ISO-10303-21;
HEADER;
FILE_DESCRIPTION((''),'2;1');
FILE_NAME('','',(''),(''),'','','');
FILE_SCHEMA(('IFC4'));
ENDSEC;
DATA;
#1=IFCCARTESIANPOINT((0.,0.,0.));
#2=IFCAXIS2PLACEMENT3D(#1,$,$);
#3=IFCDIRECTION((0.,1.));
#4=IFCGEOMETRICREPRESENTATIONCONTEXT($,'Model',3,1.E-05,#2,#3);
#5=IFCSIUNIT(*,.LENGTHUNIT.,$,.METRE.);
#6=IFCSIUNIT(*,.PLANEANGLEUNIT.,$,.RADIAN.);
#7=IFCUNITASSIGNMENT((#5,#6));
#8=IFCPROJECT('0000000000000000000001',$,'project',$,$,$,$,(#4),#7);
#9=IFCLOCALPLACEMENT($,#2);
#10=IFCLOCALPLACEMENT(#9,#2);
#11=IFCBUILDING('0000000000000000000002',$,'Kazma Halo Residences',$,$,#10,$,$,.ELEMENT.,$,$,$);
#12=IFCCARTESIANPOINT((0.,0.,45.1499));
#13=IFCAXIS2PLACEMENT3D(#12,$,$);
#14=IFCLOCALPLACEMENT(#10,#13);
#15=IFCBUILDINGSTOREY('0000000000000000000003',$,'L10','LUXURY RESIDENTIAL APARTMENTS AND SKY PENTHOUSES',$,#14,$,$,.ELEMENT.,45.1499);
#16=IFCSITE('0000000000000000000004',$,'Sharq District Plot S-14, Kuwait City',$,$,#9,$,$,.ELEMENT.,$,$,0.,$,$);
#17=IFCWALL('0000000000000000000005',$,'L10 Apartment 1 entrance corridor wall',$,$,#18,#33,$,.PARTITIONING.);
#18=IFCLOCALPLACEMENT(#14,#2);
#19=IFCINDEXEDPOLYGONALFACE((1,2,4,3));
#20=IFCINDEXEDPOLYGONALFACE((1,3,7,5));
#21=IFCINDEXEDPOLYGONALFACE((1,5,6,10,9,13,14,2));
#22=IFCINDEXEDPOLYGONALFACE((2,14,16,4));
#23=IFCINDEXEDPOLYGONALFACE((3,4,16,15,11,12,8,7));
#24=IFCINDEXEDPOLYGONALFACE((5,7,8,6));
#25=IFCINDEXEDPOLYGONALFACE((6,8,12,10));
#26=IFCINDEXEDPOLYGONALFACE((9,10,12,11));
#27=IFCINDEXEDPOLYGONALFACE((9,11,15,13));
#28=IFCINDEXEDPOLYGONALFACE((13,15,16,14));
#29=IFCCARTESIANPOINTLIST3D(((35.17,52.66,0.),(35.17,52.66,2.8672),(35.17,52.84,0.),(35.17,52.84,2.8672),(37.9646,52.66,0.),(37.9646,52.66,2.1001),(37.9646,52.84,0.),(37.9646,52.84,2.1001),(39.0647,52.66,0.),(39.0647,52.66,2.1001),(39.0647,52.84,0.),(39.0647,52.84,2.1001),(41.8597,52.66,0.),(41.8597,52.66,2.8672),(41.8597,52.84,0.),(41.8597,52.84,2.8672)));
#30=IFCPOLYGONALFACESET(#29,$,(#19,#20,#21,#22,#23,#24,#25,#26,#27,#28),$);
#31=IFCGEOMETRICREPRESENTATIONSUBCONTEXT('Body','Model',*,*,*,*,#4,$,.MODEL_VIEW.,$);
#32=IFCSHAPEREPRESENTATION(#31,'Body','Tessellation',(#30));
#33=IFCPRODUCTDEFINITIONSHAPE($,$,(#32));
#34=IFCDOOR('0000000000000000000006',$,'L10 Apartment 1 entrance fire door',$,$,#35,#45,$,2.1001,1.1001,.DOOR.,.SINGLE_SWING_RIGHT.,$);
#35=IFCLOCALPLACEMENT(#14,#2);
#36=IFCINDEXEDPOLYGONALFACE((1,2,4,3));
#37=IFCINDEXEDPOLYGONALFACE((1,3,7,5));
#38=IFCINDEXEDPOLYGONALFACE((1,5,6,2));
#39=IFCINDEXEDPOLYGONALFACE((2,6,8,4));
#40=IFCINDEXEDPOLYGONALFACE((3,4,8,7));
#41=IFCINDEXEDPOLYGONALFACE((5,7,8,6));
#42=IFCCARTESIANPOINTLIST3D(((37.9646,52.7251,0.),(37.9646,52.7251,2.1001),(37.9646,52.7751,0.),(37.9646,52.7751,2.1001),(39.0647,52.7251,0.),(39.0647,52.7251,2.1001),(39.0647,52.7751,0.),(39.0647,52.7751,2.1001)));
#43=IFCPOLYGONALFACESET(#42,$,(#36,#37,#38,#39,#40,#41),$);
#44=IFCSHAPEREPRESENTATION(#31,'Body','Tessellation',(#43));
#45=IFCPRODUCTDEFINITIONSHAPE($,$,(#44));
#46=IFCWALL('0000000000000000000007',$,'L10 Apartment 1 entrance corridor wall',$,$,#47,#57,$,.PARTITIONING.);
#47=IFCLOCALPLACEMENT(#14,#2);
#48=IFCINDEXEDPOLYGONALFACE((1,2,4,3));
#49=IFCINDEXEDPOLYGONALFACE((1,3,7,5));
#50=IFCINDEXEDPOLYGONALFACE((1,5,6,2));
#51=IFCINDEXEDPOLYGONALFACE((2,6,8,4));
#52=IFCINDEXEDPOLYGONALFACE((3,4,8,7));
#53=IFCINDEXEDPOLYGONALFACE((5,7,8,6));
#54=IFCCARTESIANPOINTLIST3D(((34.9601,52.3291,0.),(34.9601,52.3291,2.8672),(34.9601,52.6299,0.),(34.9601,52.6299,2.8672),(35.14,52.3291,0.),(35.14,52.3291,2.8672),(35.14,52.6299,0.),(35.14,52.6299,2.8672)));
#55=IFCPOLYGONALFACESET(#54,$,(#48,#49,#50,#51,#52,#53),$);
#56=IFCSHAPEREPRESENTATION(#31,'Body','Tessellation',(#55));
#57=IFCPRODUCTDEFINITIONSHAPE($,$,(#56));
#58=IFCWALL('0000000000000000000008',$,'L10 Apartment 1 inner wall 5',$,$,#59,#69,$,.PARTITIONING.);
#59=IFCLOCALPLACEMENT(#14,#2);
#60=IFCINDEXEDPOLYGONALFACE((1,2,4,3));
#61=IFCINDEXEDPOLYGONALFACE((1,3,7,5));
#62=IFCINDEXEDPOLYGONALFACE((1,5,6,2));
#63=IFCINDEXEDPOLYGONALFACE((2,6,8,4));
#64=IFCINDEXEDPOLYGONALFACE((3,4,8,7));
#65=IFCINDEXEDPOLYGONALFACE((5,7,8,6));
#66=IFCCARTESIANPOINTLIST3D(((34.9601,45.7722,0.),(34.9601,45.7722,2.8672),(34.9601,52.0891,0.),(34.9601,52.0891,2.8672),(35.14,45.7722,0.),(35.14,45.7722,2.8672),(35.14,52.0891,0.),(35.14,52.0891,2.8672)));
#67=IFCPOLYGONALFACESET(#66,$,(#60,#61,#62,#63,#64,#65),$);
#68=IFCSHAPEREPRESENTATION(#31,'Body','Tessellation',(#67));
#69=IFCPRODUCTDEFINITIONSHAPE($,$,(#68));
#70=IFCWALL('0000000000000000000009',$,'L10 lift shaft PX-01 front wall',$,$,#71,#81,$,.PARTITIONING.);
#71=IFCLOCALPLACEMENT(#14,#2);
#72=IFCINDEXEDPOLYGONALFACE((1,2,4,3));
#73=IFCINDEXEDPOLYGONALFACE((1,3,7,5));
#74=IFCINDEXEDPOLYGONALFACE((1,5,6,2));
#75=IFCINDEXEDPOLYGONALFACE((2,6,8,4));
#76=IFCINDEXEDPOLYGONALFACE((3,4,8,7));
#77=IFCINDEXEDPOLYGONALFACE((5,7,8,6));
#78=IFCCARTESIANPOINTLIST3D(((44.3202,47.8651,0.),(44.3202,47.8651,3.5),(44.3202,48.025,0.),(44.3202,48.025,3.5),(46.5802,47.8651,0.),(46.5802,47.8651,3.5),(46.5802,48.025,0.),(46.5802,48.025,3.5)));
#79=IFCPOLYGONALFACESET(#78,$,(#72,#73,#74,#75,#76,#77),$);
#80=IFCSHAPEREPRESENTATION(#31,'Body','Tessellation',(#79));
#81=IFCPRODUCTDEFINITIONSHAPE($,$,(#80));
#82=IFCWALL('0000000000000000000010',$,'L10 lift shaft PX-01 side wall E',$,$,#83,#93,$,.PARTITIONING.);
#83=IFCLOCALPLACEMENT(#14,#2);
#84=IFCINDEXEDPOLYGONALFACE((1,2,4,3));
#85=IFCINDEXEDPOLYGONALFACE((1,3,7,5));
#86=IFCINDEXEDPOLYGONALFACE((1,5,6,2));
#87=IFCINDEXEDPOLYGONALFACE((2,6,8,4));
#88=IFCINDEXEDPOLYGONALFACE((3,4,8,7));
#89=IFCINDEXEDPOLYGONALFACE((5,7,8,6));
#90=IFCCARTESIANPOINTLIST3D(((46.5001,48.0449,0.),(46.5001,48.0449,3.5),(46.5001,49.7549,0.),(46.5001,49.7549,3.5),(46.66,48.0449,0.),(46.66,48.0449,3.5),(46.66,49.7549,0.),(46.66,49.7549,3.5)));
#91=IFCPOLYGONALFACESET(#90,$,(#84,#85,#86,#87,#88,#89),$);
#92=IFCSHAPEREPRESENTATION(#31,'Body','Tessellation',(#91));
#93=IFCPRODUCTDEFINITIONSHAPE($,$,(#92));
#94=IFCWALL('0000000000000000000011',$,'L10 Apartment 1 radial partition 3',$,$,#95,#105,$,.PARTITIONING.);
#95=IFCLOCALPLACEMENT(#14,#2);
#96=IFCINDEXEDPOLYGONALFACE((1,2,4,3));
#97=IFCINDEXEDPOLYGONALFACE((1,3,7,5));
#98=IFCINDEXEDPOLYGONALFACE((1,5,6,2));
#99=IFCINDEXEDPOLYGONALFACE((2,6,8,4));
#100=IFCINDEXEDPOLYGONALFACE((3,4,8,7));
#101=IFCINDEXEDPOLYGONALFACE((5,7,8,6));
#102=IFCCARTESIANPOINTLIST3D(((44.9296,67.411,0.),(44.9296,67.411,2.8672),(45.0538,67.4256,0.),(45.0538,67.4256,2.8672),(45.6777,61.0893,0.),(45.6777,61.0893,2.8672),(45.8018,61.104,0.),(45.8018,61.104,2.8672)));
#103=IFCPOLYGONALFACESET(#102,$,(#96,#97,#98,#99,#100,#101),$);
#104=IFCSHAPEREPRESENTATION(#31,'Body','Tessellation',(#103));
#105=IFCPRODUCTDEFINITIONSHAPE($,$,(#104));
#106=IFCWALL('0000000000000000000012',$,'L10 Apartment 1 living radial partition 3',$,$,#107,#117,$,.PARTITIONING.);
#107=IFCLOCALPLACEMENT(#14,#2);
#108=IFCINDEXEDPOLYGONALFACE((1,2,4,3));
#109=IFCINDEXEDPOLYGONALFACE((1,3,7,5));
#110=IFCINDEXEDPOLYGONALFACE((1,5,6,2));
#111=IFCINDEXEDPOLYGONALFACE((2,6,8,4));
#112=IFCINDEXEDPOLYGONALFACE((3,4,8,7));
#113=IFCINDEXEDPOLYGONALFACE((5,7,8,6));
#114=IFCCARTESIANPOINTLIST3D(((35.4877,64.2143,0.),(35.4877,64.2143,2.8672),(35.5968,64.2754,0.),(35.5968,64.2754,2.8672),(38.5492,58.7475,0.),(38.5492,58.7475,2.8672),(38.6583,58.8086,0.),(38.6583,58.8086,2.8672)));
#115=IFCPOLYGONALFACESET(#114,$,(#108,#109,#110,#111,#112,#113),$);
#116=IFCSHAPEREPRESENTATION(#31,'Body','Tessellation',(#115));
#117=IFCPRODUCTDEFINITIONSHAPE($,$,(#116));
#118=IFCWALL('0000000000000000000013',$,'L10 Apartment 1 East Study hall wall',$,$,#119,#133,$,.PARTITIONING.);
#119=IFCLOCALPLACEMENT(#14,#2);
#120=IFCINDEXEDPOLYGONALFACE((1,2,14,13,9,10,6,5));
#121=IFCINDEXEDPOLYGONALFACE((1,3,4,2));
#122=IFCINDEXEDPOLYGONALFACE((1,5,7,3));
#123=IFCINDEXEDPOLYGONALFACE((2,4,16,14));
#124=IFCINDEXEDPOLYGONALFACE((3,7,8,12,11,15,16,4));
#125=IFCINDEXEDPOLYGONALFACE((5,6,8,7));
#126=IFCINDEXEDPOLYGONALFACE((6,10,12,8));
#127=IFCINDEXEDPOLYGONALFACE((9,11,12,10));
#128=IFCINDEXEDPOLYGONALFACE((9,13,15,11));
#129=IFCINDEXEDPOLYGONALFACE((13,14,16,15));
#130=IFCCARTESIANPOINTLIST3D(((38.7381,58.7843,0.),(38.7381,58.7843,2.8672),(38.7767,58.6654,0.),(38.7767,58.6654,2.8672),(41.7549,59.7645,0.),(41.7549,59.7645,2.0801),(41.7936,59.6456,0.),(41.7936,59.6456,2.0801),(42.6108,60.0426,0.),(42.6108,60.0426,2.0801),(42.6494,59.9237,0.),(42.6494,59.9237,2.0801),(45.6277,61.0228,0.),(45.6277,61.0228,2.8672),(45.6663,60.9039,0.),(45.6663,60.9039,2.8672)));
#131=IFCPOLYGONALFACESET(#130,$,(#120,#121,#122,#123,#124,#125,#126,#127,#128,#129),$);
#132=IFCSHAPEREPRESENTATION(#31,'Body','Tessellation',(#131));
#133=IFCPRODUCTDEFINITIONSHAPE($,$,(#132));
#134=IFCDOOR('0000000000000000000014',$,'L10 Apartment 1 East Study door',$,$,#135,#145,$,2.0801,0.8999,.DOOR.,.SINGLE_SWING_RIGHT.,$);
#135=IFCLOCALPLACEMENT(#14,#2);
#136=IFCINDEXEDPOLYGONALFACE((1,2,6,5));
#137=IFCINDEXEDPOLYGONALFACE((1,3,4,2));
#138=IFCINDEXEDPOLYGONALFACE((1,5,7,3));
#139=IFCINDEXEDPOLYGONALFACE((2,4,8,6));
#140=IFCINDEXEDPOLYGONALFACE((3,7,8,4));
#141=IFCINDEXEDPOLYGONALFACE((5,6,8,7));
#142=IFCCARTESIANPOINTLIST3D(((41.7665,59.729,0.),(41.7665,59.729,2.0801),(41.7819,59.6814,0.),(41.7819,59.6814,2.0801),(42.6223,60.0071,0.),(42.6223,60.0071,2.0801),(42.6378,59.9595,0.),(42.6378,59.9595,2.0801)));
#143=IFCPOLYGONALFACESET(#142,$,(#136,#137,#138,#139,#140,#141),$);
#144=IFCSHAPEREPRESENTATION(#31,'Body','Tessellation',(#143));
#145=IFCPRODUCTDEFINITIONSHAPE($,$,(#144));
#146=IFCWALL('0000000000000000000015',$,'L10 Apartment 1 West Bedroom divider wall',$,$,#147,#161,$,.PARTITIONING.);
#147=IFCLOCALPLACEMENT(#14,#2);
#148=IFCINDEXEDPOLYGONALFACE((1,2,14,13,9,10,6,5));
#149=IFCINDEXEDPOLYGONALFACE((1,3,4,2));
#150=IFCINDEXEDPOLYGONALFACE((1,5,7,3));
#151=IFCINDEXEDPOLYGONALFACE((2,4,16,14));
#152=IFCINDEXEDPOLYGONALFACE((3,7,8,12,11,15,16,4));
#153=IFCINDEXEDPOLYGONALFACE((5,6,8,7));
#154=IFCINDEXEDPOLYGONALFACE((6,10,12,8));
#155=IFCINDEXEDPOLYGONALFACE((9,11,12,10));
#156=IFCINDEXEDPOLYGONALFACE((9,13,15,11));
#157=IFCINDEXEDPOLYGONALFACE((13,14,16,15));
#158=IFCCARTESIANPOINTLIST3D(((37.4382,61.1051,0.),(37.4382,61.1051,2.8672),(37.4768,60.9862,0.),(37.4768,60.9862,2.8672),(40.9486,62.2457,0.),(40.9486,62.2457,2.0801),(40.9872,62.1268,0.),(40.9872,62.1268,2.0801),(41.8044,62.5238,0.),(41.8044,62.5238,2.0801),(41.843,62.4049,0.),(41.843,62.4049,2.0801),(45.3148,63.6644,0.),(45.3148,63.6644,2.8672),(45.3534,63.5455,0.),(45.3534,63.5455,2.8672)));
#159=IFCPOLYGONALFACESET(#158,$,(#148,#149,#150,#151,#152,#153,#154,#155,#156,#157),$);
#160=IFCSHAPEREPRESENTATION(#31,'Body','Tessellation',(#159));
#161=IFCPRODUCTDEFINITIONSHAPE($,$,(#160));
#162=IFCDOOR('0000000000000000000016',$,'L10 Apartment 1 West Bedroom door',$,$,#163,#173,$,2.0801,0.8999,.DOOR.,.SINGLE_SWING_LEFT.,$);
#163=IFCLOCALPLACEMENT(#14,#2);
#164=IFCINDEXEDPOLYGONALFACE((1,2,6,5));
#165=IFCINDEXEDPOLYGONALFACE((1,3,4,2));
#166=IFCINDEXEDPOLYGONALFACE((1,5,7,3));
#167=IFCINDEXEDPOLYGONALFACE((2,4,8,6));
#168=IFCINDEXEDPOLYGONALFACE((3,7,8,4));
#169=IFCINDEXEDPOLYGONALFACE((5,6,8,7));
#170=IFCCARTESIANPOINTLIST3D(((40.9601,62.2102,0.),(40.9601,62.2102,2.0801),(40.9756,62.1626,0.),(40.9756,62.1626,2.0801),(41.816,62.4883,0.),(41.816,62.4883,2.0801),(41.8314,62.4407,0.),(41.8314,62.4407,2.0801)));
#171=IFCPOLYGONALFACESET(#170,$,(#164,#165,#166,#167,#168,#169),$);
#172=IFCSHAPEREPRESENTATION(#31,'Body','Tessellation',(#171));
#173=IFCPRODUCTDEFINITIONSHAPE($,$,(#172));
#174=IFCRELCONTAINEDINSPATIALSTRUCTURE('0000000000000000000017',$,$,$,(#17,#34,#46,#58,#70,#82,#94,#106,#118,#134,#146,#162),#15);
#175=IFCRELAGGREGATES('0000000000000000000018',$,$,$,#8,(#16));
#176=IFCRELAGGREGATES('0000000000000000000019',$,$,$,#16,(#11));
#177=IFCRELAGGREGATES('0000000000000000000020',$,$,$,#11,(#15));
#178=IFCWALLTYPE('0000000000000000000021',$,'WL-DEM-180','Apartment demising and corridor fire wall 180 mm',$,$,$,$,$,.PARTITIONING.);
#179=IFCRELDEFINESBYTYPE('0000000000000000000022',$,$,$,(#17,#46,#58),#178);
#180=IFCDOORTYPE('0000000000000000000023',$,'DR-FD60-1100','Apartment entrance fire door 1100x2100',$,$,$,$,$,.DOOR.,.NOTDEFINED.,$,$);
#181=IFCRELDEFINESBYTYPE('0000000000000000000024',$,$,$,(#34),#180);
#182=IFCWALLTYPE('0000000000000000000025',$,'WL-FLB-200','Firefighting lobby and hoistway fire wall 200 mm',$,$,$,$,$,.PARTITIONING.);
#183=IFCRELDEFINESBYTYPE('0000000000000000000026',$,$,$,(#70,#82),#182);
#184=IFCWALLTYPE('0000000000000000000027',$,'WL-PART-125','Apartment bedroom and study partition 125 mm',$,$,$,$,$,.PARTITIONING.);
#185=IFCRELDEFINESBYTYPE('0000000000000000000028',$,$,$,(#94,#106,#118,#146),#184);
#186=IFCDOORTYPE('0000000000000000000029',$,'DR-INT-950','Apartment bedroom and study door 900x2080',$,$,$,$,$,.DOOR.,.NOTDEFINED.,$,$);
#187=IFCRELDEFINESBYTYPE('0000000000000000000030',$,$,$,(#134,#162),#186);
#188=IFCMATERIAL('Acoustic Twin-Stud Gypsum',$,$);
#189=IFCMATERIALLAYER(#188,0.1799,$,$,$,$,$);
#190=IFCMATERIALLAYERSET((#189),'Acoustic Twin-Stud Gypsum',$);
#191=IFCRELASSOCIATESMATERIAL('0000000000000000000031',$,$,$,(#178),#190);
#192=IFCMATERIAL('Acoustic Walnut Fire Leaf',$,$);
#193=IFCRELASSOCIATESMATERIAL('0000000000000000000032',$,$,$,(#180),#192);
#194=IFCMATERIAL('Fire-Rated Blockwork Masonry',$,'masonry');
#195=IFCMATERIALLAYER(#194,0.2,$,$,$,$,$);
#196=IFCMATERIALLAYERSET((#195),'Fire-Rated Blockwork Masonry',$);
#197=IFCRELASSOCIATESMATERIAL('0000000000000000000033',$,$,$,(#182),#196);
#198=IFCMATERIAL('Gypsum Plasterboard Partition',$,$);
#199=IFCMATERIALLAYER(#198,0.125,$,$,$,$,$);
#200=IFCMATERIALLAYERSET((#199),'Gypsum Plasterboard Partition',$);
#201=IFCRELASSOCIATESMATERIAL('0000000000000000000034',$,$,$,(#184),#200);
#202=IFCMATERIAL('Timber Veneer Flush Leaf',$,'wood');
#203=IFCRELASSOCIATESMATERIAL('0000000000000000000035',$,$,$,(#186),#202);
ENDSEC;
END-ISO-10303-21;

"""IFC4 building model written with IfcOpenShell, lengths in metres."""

from ifc_helpers import new_model, si_unit, direction, frame, frame_2d, origin, place, context, subcontext, project, spatial, rectangle, extrude, material, layer, layer_set, type_object, element, fill, save


model = new_model("IFC4")

# Units and contexts
model_context = context("Model", 3, precision=1e-05, world=origin(), true_north=direction((0.0, 1.0)))
body_context = subcontext(model_context, "Body", "Model", "MODEL_VIEW")
ifc_project = project(units=[si_unit("LENGTHUNIT", "METRE"), si_unit("PLANEANGLEUNIT", "RADIAN")], contexts=[model_context])

# Site, building, storey
site_placement = place(None, origin())
site = spatial("IfcSite", under=ifc_project, at=site_placement, Name="Sharq District Plot S-14, Kuwait City", CompositionType="ELEMENT", RefElevation=0.0)
building_placement = place(site_placement, origin())
building = spatial("IfcBuilding", under=site, at=building_placement, Name="Kazma Halo Residences", CompositionType="ELEMENT")
storey_placement = place(building_placement, frame((0.0, 0.0, 45.1499)))
storey = spatial("IfcBuildingStorey", under=building, at=storey_placement, Name="L10", Description="LUXURY RESIDENTIAL APARTMENTS AND SKY PENTHOUSES", CompositionType="ELEMENT", Elevation=45.1499)

# Wall, opening, door
ifc_material_1 = material(Name="Acoustic Twin-Stud Gypsum")
ifc_layer_1 = layer(ifc_material_1, 0.1799)
ifc_layer_set_1 = layer_set([ifc_layer_1], Name="Acoustic Twin-Stud Gypsum")
wall_type_1 = type_object("IfcWallType", Name="WL-DEM-180", Description="Apartment demising and corridor fire wall 180 mm", PredefinedType="PARTITIONING", material=ifc_layer_set_1)
wall_1_placement = place(storey_placement, frame((41.8596, 52.75, 0.0), z_axis=(0.0, 0.0, 1.0), x_axis=(-1.0, 0.0, 0.0)))
wall_1 = element("IfcWall", 1, at=wall_1_placement, inside=storey, type_object=wall_type_1, Name="L10 Apartment 1 entrance corridor wall", PredefinedType="PARTITIONING", context=body_context, shape_type="SweptSolid", body=[
    extrude(rectangle(XDim=6.6897, YDim=0.1799, at=frame_2d((3.3447, 0.0))), origin(), (0.0, 0.0, 1.0), 2.8672),
])
opening_1_placement = place(wall_1_placement, frame((2.7949, 0.0, 0.0)))
opening_1 = element("IfcOpeningElement", 2, at=opening_1_placement, cuts=wall_1, PredefinedType="OPENING", context=body_context, shape_type="SweptSolid", body=[
    extrude(rectangle(XDim=1.1001, YDim=2.1001, at=frame_2d((0.55, 1.05))), frame((0.0, 0.0999, 0.0), z_axis=(0.0, -1.0, 0.0), x_axis=(1.0, 0.0, 0.0)), (0.0, 0.0, 1.0), 0.2),
])
ifc_material_2 = material(Name="Acoustic Walnut Fire Leaf")
door_type_1 = type_object("IfcDoorType", Name="DR-FD60-1100", Description="Apartment entrance fire door 1100x2100", OperationType="NOTDEFINED", PredefinedType="DOOR", material=ifc_material_2)
door_1_placement = place(opening_1_placement, origin())
door_1 = element("IfcDoor", 3, at=door_1_placement, inside=storey, type_object=door_type_1, Name="L10 Apartment 1 entrance fire door", OperationType="SINGLE_SWING_RIGHT", OverallHeight=2.1001, OverallWidth=1.1001, PredefinedType="DOOR", context=body_context, shape_type="SweptSolid", body=[
    extrude(rectangle(XDim=1.1001, YDim=2.1001, at=frame_2d((0.55, 1.05))), frame((0.0, 0.0249, 0.0), z_axis=(0.0, -1.0, 0.0), x_axis=(1.0, 0.0, 0.0)), (0.0, 0.0, 1.0), 0.05),
])
fill(opening_1, door_1)

# Walls
wall_2_placement = place(storey_placement, frame((35.05, 52.6299, 0.0), z_axis=(0.0, 0.0, 1.0), x_axis=(0.0, -1.0, 0.0)))
element("IfcWall", 4, at=wall_2_placement, inside=storey, type_object=wall_type_1, Name="L10 Apartment 1 entrance corridor wall", PredefinedType="PARTITIONING", context=body_context, shape_type="SweptSolid", body=[
    extrude(rectangle(XDim=0.3008, YDim=0.1799, at=frame_2d((0.1504, 0.0))), origin(), (0.0, 0.0, 1.0), 2.8672),
])
wall_3_placement = place(storey_placement, frame((35.05, 52.0891, 0.0), z_axis=(0.0, 0.0, 1.0), x_axis=(0.0, -1.0, 0.0)))
element("IfcWall", 5, at=wall_3_placement, inside=storey, type_object=wall_type_1, Name="L10 Apartment 1 inner wall 5", PredefinedType="PARTITIONING", context=body_context, shape_type="SweptSolid", body=[
    extrude(rectangle(XDim=6.3169, YDim=0.1799, at=frame_2d((3.1584, 0.0))), origin(), (0.0, 0.0, 1.0), 2.8672),
])

# Walls
ifc_material_3 = material(Name="Fire-Rated Blockwork Masonry", Category="masonry")
ifc_layer_2 = layer(ifc_material_3, 0.2)
ifc_layer_set_2 = layer_set([ifc_layer_2], Name="Fire-Rated Blockwork Masonry")
wall_type_2 = type_object("IfcWallType", Name="WL-FLB-200", Description="Firefighting lobby and hoistway fire wall 200 mm", PredefinedType="PARTITIONING", material=ifc_layer_set_2)
wall_4_placement = place(storey_placement, frame((46.5801, 47.9451, 0.0), z_axis=(0.0, 0.0, 1.0), x_axis=(-1.0, 0.0, 0.0)))
element("IfcWall", 6, at=wall_4_placement, inside=storey, type_object=wall_type_2, Name="L10 lift shaft PX-01 front wall", PredefinedType="PARTITIONING", context=body_context, shape_type="SweptSolid", body=[
    extrude(rectangle(XDim=2.26, YDim=0.1599, at=frame_2d((1.1299, 0.0))), origin(), (0.0, 0.0, 1.0), 3.5),
])
wall_5_placement = place(storey_placement, frame((46.5801, 48.0449, 0.0), z_axis=(0.0, 0.0, 1.0), x_axis=(0.0, 1.0, 0.0)))
element("IfcWall", 7, at=wall_5_placement, inside=storey, type_object=wall_type_2, Name="L10 lift shaft PX-01 side wall E", PredefinedType="PARTITIONING", context=body_context, shape_type="SweptSolid", body=[
    extrude(rectangle(XDim=1.71, YDim=0.1599, at=frame_2d((0.855, 0.0))), origin(), (0.0, 0.0, 1.0), 3.5),
])
ifc_material_4 = material(Name="Gypsum Plasterboard Partition")
ifc_layer_3 = layer(ifc_material_4, 0.125)
ifc_layer_set_3 = layer_set([ifc_layer_3], Name="Gypsum Plasterboard Partition")
wall_type_3 = type_object("IfcWallType", Name="WL-PART-125", Description="Apartment bedroom and study partition 125 mm", PredefinedType="PARTITIONING", material=ifc_layer_set_3)
wall_6_placement = place(storey_placement, frame((45.7397, 61.0967, 0.0), z_axis=(0.0, 0.0, 1.0), x_axis=(-0.117513, 0.993071, 0.0)))
element("IfcWall", 8, at=wall_6_placement, inside=storey, type_object=wall_type_3, Name="L10 Apartment 1 radial partition 3", PredefinedType="PARTITIONING", context=body_context, shape_type="SweptSolid", body=[
    extrude(rectangle(XDim=6.3657, YDim=0.125, at=frame_2d((3.1829, 0.0))), origin(), (0.0, 0.0, 1.0), 2.8672),
])
wall_7_placement = place(storey_placement, frame((38.6038, 58.7781, 0.0), z_axis=(0.0, 0.0, 1.0), x_axis=(-0.488618, 0.872498, 0.0)))
element("IfcWall", 9, at=wall_7_placement, inside=storey, type_object=wall_type_3, Name="L10 Apartment 1 living radial partition 3", PredefinedType="PARTITIONING", context=body_context, shape_type="SweptSolid", body=[
    extrude(rectangle(XDim=6.2656, YDim=0.125, at=frame_2d((3.1328, 0.0))), origin(), (0.0, 0.0, 1.0), 2.8672),
])

# Walls, openings, doors
wall_8_placement = place(storey_placement, frame((45.647, 60.9634, 0.0), z_axis=(0.0, 0.0, 1.0), x_axis=(-0.951059, -0.30901, 0.0)))
wall_8 = element("IfcWall", 10, at=wall_8_placement, inside=storey, type_object=wall_type_3, Name="L10 Apartment 1 East Study hall wall", PredefinedType="PARTITIONING", context=body_context, shape_type="SweptSolid", body=[
    extrude(rectangle(XDim=7.2441, YDim=0.125, at=frame_2d((3.6221, 0.0))), origin(), (0.0, 0.0, 1.0), 2.8672),
])
opening_2_placement = place(wall_8_placement, frame((3.1721, 0.0, 0.0)))
opening_2 = element("IfcOpeningElement", 11, at=opening_2_placement, cuts=wall_8, PredefinedType="OPENING", context=body_context, shape_type="SweptSolid", body=[
    extrude(rectangle(XDim=0.8999, YDim=2.0801, at=frame_2d((0.45, 1.04))), frame((0.0, 0.0725, 0.0), z_axis=(0.0, -1.0, 0.0), x_axis=(1.0, 0.0, 0.0)), (0.0, 0.0, 1.0), 0.145),
])
ifc_material_5 = material(Name="Timber Veneer Flush Leaf", Category="wood")
door_type_2 = type_object("IfcDoorType", Name="DR-INT-950", Description="Apartment bedroom and study door 900x2080", OperationType="NOTDEFINED", PredefinedType="DOOR", material=ifc_material_5)
door_2_placement = place(opening_2_placement, origin())
door_2 = element("IfcDoor", 12, at=door_2_placement, inside=storey, type_object=door_type_2, Name="L10 Apartment 1 East Study door", OperationType="SINGLE_SWING_RIGHT", OverallHeight=2.0801, OverallWidth=0.8999, PredefinedType="DOOR", context=body_context, shape_type="SweptSolid", body=[
    extrude(rectangle(XDim=0.8999, YDim=2.0801, at=frame_2d((0.45, 1.04))), frame((0.0, 0.0249, 0.0), z_axis=(0.0, -1.0, 0.0), x_axis=(1.0, 0.0, 0.0)), (0.0, 0.0, 1.0), 0.05),
])
fill(opening_2, door_2)
wall_9_placement = place(storey_placement, frame((45.3342, 63.605, 0.0), z_axis=(0.0, 0.0, 1.0), x_axis=(-0.951056, -0.30902, 0.0)))
wall_9 = element("IfcWall", 13, at=wall_9_placement, inside=storey, type_object=wall_type_3, Name="L10 Apartment 1 West Bedroom divider wall", PredefinedType="PARTITIONING", context=body_context, shape_type="SweptSolid", body=[
    extrude(rectangle(XDim=8.282, YDim=0.125, at=frame_2d((4.1411, 0.0))), origin(), (0.0, 0.0, 1.0), 2.8672),
])
opening_3_placement = place(wall_9_placement, frame((3.6912, 0.0, 0.0)))
opening_3 = element("IfcOpeningElement", 14, at=opening_3_placement, cuts=wall_9, PredefinedType="OPENING", context=body_context, shape_type="SweptSolid", body=[
    extrude(rectangle(XDim=0.8999, YDim=2.0801, at=frame_2d((0.45, 1.04))), frame((0.0, 0.0725, 0.0), z_axis=(0.0, -1.0, 0.0), x_axis=(1.0, 0.0, 0.0)), (0.0, 0.0, 1.0), 0.145),
])
door_3_placement = place(opening_3_placement, origin())
door_3 = element("IfcDoor", 15, at=door_3_placement, inside=storey, type_object=door_type_2, Name="L10 Apartment 1 West Bedroom door", OperationType="SINGLE_SWING_LEFT", OverallHeight=2.0801, OverallWidth=0.8999, PredefinedType="DOOR", context=body_context, shape_type="SweptSolid", body=[
    extrude(rectangle(XDim=0.8999, YDim=2.0801, at=frame_2d((0.45, 1.04))), frame((0.0, 0.0249, 0.0), z_axis=(0.0, -1.0, 0.0), x_axis=(1.0, 0.0, 0.0)), (0.0, 0.0, 1.0), 0.05),
])
fill(opening_3, door_3)

save(model, "model.ifc")
